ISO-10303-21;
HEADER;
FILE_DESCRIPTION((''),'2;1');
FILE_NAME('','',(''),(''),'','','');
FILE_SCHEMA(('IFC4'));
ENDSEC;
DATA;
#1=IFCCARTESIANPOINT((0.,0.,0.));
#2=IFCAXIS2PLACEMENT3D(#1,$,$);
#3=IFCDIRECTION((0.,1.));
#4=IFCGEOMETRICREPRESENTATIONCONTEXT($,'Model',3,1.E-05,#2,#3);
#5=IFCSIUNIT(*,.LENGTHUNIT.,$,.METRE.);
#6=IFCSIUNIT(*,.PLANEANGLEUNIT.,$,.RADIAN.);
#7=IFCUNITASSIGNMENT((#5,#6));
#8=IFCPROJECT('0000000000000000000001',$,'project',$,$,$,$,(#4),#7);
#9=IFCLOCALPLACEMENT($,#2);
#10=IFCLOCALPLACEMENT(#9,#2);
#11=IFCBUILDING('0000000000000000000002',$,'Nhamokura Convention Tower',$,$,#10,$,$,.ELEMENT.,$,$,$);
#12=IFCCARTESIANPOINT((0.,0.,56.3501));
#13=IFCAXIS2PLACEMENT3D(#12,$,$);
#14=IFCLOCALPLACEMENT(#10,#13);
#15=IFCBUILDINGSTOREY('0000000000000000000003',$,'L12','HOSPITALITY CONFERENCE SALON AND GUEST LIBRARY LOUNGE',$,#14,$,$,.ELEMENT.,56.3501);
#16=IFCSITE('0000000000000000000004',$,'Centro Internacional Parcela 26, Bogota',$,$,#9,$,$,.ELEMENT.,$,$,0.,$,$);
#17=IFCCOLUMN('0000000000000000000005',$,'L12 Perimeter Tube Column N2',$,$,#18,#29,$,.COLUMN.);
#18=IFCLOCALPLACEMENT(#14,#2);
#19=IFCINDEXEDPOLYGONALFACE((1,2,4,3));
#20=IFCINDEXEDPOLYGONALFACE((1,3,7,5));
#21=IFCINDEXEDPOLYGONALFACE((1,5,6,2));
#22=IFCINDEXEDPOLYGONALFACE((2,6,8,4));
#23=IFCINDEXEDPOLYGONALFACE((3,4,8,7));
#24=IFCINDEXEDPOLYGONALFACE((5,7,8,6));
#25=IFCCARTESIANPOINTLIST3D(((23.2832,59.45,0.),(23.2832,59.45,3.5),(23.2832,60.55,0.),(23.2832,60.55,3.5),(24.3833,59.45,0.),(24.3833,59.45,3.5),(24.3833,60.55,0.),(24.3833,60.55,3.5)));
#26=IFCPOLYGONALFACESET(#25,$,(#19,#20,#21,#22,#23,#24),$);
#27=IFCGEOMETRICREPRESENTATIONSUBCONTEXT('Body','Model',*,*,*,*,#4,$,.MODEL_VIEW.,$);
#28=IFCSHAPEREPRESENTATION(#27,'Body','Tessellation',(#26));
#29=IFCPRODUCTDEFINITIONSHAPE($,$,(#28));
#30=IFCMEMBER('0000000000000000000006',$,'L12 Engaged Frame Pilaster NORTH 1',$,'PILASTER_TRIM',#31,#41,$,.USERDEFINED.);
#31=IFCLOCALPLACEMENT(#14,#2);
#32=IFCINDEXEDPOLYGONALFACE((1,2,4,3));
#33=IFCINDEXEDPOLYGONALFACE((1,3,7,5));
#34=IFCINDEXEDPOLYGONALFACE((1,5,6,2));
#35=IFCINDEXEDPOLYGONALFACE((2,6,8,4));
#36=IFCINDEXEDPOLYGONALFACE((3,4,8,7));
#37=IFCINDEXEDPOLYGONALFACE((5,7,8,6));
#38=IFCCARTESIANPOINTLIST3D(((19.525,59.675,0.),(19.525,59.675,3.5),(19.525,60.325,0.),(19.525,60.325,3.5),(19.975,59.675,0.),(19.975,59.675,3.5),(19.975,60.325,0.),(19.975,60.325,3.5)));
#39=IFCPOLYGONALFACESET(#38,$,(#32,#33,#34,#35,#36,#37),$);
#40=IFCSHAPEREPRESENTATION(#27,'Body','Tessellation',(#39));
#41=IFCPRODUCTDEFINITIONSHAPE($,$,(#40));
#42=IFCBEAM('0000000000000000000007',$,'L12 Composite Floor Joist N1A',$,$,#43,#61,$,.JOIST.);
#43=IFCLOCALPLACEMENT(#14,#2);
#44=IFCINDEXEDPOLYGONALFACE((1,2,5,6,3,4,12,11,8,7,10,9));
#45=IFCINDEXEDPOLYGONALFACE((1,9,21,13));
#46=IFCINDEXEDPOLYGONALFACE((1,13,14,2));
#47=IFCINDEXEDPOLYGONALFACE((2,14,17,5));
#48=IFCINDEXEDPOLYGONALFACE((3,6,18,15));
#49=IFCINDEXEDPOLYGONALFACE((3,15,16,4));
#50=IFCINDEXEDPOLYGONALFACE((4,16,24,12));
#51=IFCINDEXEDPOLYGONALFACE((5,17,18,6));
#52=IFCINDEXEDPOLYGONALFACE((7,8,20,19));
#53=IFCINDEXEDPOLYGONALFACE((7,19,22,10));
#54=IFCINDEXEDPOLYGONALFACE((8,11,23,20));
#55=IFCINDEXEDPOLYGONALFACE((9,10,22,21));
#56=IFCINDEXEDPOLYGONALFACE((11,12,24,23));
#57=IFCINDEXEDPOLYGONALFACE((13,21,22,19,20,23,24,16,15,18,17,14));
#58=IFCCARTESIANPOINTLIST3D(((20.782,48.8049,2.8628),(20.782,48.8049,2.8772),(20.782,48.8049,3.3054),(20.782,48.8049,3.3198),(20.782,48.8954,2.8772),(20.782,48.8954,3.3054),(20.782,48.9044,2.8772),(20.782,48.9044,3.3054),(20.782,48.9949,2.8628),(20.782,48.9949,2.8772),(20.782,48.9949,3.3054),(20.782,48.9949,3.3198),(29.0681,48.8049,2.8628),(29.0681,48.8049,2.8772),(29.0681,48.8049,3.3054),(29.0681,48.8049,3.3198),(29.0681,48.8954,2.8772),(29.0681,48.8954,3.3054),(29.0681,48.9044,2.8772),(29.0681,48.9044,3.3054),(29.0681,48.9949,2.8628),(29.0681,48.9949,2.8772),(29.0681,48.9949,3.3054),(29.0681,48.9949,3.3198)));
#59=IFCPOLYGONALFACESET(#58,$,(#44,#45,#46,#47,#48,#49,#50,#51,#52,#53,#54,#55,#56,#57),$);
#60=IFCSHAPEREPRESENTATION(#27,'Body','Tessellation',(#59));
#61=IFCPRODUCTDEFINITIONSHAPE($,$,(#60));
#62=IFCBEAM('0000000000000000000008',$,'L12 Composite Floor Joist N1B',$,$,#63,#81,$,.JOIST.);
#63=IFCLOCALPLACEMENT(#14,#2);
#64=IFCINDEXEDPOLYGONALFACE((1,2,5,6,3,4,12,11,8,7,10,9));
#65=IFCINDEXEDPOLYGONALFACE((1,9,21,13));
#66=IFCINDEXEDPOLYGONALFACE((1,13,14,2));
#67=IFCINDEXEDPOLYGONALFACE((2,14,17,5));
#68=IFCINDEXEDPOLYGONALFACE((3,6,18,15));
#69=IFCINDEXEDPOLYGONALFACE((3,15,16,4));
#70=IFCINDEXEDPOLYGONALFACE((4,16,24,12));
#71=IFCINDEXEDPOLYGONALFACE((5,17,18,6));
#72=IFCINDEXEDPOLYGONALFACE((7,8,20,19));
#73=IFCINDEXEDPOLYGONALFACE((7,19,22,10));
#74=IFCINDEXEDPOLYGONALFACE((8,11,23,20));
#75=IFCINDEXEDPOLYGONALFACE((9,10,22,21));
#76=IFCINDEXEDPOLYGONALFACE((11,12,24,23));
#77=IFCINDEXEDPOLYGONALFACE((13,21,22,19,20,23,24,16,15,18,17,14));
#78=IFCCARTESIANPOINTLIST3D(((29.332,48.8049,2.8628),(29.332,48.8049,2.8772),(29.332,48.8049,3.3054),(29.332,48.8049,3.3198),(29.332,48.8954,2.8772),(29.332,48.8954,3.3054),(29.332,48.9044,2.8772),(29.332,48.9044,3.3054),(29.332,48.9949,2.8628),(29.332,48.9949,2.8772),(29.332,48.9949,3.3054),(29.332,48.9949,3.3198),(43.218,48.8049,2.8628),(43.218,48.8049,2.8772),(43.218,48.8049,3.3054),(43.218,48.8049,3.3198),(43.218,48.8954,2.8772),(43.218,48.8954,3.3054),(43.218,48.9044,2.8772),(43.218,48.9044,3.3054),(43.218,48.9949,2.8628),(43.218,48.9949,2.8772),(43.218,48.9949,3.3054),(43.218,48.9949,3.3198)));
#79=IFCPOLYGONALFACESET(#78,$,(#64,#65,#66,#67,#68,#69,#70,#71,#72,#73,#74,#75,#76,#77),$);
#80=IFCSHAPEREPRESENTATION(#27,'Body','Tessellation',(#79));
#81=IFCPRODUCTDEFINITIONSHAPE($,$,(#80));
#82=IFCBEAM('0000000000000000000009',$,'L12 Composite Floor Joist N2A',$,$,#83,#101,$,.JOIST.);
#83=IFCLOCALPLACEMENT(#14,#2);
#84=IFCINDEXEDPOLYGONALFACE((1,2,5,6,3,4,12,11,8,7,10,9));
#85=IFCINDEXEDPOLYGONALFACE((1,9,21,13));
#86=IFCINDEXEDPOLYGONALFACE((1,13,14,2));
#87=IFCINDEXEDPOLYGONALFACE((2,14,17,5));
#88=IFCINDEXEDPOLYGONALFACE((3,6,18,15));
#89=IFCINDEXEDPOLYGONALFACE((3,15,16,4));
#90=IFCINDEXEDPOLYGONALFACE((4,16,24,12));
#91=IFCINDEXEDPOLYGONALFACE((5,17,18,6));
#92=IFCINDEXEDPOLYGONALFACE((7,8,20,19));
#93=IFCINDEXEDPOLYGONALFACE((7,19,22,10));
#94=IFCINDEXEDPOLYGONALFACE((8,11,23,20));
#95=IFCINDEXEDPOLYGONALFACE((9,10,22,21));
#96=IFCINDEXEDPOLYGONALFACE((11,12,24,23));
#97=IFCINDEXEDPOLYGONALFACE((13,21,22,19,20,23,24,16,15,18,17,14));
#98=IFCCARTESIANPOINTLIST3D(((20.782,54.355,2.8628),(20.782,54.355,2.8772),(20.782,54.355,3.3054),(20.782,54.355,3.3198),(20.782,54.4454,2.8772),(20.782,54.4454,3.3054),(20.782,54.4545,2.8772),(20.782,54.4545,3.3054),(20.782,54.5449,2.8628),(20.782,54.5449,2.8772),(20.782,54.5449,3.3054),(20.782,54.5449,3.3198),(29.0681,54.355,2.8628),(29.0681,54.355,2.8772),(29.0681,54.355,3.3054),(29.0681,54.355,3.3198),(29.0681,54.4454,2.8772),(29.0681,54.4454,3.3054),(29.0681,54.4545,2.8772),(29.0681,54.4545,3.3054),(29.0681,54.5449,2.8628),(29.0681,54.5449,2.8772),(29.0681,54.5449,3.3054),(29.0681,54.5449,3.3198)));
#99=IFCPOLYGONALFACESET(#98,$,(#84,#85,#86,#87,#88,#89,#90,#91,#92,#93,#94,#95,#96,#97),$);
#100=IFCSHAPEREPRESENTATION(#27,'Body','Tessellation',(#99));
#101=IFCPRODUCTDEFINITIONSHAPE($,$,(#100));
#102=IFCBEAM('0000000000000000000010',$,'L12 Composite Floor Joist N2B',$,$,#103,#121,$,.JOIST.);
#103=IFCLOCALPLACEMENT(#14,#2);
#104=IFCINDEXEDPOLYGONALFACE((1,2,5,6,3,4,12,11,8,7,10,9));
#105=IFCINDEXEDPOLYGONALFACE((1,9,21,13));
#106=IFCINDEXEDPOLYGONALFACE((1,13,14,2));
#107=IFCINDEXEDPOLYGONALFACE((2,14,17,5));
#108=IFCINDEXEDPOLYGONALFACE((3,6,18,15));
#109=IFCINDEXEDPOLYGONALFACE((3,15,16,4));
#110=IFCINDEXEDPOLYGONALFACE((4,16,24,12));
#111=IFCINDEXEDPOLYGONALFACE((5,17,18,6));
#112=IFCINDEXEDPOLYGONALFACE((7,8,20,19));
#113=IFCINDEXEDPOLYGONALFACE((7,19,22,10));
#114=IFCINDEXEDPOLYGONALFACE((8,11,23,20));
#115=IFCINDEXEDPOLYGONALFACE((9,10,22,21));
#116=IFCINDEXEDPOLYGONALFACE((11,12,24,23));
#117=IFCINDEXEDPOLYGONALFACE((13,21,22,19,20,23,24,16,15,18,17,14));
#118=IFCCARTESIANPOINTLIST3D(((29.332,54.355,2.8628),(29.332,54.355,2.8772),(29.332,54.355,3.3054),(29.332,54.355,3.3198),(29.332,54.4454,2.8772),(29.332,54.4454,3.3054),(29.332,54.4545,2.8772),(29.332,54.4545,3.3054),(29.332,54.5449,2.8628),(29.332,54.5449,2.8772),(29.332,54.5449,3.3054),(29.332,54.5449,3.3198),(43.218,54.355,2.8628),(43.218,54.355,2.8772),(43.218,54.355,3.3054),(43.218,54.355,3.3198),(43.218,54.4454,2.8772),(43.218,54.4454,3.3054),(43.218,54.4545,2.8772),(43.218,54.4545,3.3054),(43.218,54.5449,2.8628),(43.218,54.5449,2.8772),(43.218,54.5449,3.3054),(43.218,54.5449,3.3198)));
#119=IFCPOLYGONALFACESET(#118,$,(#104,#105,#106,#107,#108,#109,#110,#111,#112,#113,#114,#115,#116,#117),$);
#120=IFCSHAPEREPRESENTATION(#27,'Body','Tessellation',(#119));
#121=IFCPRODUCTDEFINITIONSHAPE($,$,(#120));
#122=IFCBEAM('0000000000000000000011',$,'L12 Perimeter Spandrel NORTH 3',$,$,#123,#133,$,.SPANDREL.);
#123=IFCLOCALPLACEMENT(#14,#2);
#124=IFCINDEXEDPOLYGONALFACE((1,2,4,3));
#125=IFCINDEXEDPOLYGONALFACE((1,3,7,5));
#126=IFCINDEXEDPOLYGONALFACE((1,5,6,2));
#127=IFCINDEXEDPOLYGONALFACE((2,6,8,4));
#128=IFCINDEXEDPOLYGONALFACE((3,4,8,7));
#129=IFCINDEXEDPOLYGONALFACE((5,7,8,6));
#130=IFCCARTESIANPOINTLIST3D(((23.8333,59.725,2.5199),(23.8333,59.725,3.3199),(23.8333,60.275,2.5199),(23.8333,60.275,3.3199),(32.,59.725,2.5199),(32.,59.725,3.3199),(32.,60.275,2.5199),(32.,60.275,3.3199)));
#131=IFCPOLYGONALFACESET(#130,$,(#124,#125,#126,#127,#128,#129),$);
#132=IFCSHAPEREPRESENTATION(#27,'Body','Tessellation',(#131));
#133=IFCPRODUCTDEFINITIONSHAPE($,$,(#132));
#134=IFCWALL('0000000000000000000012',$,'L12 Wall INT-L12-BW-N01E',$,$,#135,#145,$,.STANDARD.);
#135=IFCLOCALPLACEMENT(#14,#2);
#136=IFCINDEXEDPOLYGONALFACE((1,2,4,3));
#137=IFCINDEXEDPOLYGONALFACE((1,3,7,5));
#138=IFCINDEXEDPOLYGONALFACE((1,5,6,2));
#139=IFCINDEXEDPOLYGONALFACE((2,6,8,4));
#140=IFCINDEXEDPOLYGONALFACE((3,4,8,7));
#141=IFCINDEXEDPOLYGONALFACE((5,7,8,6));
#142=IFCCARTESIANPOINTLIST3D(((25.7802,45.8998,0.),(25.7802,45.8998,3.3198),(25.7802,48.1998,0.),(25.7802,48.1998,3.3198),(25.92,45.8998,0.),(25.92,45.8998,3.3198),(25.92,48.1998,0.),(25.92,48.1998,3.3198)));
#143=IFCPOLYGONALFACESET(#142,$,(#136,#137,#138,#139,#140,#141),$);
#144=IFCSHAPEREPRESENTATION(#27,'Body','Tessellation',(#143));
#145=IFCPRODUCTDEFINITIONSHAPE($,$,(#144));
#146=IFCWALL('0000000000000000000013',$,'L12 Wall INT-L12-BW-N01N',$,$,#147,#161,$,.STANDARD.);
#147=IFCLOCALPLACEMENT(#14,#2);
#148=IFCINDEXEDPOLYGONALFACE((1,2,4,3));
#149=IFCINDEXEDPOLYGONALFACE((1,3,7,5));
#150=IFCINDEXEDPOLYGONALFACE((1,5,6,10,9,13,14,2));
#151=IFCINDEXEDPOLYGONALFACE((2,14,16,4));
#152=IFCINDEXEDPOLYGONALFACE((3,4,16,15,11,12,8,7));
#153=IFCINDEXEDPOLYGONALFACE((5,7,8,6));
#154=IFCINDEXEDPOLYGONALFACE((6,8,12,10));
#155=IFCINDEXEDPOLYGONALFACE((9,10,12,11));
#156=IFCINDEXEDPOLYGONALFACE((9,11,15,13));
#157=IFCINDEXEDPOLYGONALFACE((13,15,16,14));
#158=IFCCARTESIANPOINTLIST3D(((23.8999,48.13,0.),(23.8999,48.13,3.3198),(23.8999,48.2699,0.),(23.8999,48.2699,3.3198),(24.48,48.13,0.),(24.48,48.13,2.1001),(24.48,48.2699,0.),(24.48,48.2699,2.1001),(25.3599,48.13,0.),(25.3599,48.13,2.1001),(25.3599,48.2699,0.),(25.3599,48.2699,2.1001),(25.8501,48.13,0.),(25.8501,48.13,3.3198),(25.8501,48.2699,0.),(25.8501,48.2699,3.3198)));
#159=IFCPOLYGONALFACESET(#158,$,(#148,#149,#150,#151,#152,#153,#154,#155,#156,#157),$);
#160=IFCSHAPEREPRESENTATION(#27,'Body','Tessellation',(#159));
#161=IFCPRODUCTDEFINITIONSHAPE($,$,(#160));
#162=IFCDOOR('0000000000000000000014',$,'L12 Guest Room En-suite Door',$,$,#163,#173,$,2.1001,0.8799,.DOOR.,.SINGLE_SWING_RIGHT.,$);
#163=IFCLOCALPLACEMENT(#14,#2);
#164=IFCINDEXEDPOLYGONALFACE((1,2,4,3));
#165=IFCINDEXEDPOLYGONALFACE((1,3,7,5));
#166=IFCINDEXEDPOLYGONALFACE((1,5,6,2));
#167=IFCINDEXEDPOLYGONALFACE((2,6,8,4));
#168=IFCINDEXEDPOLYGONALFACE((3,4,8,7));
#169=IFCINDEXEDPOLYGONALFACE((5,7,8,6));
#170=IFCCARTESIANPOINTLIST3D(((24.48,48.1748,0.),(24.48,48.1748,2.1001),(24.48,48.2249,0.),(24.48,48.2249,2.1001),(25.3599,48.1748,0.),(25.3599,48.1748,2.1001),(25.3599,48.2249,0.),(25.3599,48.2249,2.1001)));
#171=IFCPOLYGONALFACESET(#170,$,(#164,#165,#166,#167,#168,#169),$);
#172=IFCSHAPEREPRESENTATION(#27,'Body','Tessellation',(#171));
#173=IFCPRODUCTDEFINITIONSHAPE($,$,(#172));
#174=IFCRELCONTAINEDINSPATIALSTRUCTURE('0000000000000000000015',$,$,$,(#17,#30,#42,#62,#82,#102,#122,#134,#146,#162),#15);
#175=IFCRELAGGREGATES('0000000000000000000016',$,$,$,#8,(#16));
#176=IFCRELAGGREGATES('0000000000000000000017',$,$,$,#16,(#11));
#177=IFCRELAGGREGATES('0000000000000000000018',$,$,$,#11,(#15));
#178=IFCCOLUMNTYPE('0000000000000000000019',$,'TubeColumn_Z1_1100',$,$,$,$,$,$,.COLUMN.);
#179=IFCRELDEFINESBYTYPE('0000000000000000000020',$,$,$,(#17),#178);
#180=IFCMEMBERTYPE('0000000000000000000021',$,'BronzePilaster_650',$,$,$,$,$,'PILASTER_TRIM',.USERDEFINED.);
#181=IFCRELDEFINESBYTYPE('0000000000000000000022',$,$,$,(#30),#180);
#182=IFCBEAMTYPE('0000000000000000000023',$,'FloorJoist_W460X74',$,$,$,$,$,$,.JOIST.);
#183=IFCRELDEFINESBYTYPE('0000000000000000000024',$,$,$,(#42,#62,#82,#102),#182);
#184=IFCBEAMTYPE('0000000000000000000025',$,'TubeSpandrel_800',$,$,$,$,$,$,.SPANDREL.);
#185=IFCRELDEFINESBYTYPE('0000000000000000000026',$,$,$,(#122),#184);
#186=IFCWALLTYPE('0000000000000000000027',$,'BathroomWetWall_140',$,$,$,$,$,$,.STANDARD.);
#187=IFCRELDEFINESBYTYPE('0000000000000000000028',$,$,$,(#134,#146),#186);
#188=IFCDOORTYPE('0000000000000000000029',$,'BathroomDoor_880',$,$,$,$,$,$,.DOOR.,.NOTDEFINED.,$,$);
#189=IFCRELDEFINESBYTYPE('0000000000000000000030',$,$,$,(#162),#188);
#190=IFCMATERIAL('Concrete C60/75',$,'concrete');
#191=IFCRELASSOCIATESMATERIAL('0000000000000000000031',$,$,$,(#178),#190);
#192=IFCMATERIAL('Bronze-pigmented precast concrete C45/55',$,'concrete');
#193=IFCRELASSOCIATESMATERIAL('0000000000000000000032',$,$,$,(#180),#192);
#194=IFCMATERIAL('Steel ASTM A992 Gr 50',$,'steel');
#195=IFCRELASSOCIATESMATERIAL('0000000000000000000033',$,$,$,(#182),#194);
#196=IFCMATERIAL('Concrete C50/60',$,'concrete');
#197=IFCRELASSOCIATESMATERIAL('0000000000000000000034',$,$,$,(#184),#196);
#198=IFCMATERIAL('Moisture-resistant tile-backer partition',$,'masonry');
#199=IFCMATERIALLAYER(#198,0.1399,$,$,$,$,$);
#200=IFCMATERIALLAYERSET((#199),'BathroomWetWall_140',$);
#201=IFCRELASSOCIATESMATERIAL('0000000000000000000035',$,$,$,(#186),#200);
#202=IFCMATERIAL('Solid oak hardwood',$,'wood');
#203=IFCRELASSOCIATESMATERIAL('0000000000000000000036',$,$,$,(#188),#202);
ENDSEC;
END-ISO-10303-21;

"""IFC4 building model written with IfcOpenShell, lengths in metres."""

from ifc_helpers import new_model, si_unit, direction, frame, frame_2d, origin, origin_2d, place, context, subcontext, project, spatial, rectangle, i_section, extrude, material, layer, layer_set, material_profile, profile_set, type_object, element, fill, save


model = new_model("IFC4")

# Units and contexts
model_context = context("Model", 3, precision=1e-05, world=origin(), true_north=direction((0.0, 1.0)))
body_context = subcontext(model_context, "Body", "Model", "MODEL_VIEW")
ifc_project = project(units=[si_unit("LENGTHUNIT", "METRE"), si_unit("PLANEANGLEUNIT", "RADIAN")], contexts=[model_context])

# Site, building, storey
site_placement = place(None, origin())
site = spatial("IfcSite", under=ifc_project, at=site_placement, Name="Centro Internacional Parcela 26, Bogota", CompositionType="ELEMENT", RefElevation=0.0)
building_placement = place(site_placement, origin())
building = spatial("IfcBuilding", under=site, at=building_placement, Name="Nhamokura Convention Tower", CompositionType="ELEMENT")
storey_placement = place(building_placement, frame((0.0, 0.0, 56.3501)))
storey = spatial("IfcBuildingStorey", under=building, at=storey_placement, Name="L12", Description="HOSPITALITY CONFERENCE SALON AND GUEST LIBRARY LOUNGE", CompositionType="ELEMENT", Elevation=56.3501)

# Column
ifc_material_1 = material(Name="Concrete C60/75", Category="concrete")
ifc_material_profile_1 = material_profile(ifc_material_1, rectangle(XDim=1.1001, YDim=1.1001, at=origin_2d()))
ifc_profile_set_1 = profile_set([ifc_material_profile_1], Name="Concrete C60/75")
column_type = type_object("IfcColumnType", Name="TubeColumn_Z1_1100", PredefinedType="COLUMN", material=ifc_profile_set_1)
column_placement = place(storey_placement, frame((23.8333, 60.0, 0.0), z_axis=(0.0, 0.0, 1.0), x_axis=(1.0, 0.0, 0.0)))
element("IfcColumn", 1, at=column_placement, inside=storey, type_object=column_type, Name="L12 Perimeter Tube Column N2", PredefinedType="COLUMN", context=body_context, shape_type="SweptSolid", body=[
    extrude(rectangle(XDim=1.1001, YDim=1.1001, at=origin_2d()), origin(), (0.0, 0.0, 1.0), 3.5),
])

# Member
ifc_material_2 = material(Name="Bronze-pigmented precast concrete C45/55", Category="concrete")
ifc_material_profile_2 = material_profile(ifc_material_2, rectangle(XDim=0.45, YDim=0.6499, at=origin_2d()))
ifc_profile_set_2 = profile_set([ifc_material_profile_2], Name="Bronze-pigmented precast concrete C45/55")
member_type = type_object("IfcMemberType", Name="BronzePilaster_650", ElementType="PILASTER_TRIM", PredefinedType="USERDEFINED", material=ifc_profile_set_2)
member_placement = place(storey_placement, frame((19.75, 60.0, 0.0), z_axis=(0.0, 0.0, 1.0), x_axis=(1.0, 0.0, 0.0)))
element("IfcMember", 2, at=member_placement, inside=storey, type_object=member_type, Name="L12 Engaged Frame Pilaster NORTH 1", ObjectType="PILASTER_TRIM", PredefinedType="USERDEFINED", context=body_context, shape_type="SweptSolid", body=[
    extrude(rectangle(XDim=0.45, YDim=0.6499, at=origin_2d()), origin(), (0.0, 0.0, 1.0), 3.5),
])

# Beams
ifc_material_3 = material(Name="Steel ASTM A992 Gr 50", Category="steel")
ifc_material_profile_3 = material_profile(ifc_material_3, i_section(OverallWidth=0.1899, OverallDepth=0.457, WebThickness=0.009, FlangeThickness=0.0144, at=origin_2d()))
ifc_profile_set_3 = profile_set([ifc_material_profile_3], Name="Steel ASTM A992 Gr 50")
beam_type_1 = type_object("IfcBeamType", Name="FloorJoist_W460X74", PredefinedType="JOIST", material=ifc_profile_set_3)
beam_1_placement = place(storey_placement, frame((20.782, 48.8999, 3.0913), z_axis=(1.0, 0.0, 0.0), x_axis=(0.0, 1.0, 0.0)))
element("IfcBeam", 3, at=beam_1_placement, inside=storey, type_object=beam_type_1, Name="L12 Composite Floor Joist N1A", PredefinedType="JOIST", context=body_context, shape_type="SweptSolid", body=[
    extrude(i_section(OverallWidth=0.1899, OverallDepth=0.457, WebThickness=0.009, FlangeThickness=0.0144, at=origin_2d()), origin(), (0.0, 0.0, 1.0), 8.2861),
])
beam_2_placement = place(storey_placement, frame((29.332, 48.8999, 3.0913), z_axis=(1.0, 0.0, 0.0), x_axis=(0.0, 1.0, 0.0)))
element("IfcBeam", 4, at=beam_2_placement, inside=storey, type_object=beam_type_1, Name="L12 Composite Floor Joist N1B", PredefinedType="JOIST", context=body_context, shape_type="SweptSolid", body=[
    extrude(i_section(OverallWidth=0.1899, OverallDepth=0.457, WebThickness=0.009, FlangeThickness=0.0144, at=origin_2d()), origin(), (0.0, 0.0, 1.0), 13.886),
])
beam_3_placement = place(storey_placement, frame((20.782, 54.45, 3.0913), z_axis=(1.0, 0.0, 0.0), x_axis=(0.0, 1.0, 0.0)))
element("IfcBeam", 5, at=beam_3_placement, inside=storey, type_object=beam_type_1, Name="L12 Composite Floor Joist N2A", PredefinedType="JOIST", context=body_context, shape_type="SweptSolid", body=[
    extrude(i_section(OverallWidth=0.1899, OverallDepth=0.457, WebThickness=0.009, FlangeThickness=0.0144, at=origin_2d()), origin(), (0.0, 0.0, 1.0), 8.2861),
])
beam_4_placement = place(storey_placement, frame((29.332, 54.45, 3.0913), z_axis=(1.0, 0.0, 0.0), x_axis=(0.0, 1.0, 0.0)))
element("IfcBeam", 6, at=beam_4_placement, inside=storey, type_object=beam_type_1, Name="L12 Composite Floor Joist N2B", PredefinedType="JOIST", context=body_context, shape_type="SweptSolid", body=[
    extrude(i_section(OverallWidth=0.1899, OverallDepth=0.457, WebThickness=0.009, FlangeThickness=0.0144, at=origin_2d()), origin(), (0.0, 0.0, 1.0), 13.886),
])
ifc_material_4 = material(Name="Concrete C50/60", Category="concrete")
ifc_material_profile_4 = material_profile(ifc_material_4, rectangle(XDim=0.55, YDim=0.8, at=origin_2d()))
ifc_profile_set_4 = profile_set([ifc_material_profile_4], Name="Concrete C50/60")
beam_type_2 = type_object("IfcBeamType", Name="TubeSpandrel_800", PredefinedType="SPANDREL", material=ifc_profile_set_4)
beam_5_placement = place(storey_placement, frame((23.8333, 60.0, 2.9199), z_axis=(1.0, 0.0, 0.0), x_axis=(0.0, 1.0, 0.0)))
element("IfcBeam", 7, at=beam_5_placement, inside=storey, type_object=beam_type_2, Name="L12 Perimeter Spandrel NORTH 3", PredefinedType="SPANDREL", context=body_context, shape_type="SweptSolid", body=[
    extrude(rectangle(XDim=0.55, YDim=0.8, at=origin_2d()), origin(), (0.0, 0.0, 1.0), 8.1667),
])

# Wall
ifc_material_5 = material(Name="Moisture-resistant tile-backer partition", Category="masonry")
ifc_layer_1 = layer(ifc_material_5, 0.1399)
ifc_layer_set_1 = layer_set([ifc_layer_1], Name="BathroomWetWall_140")
wall_type_1 = type_object("IfcWallType", Name="BathroomWetWall_140", PredefinedType="STANDARD", material=ifc_layer_set_1)
wall_1_placement = place(storey_placement, frame((25.8501, 45.8999, 0.0), z_axis=(0.0, 0.0, 1.0), x_axis=(0.0, 1.0, 0.0)))
element("IfcWall", 8, at=wall_1_placement, inside=storey, type_object=wall_type_1, Name="L12 Wall INT-L12-BW-N01E", PredefinedType="STANDARD", context=body_context, shape_type="SweptSolid", body=[
    extrude(rectangle(XDim=2.3, YDim=0.1399, at=frame_2d((1.1499, 0.0))), origin(), (0.0, 0.0, 1.0), 3.3198),
])

# Wall, opening, door
wall_2_placement = place(storey_placement, frame((23.8999, 48.2, 0.0), z_axis=(0.0, 0.0, 1.0), x_axis=(1.0, 0.0, 0.0)))
wall_2 = element("IfcWall", 9, at=wall_2_placement, inside=storey, type_object=wall_type_1, Name="L12 Wall INT-L12-BW-N01N", PredefinedType="STANDARD", context=body_context, shape_type="SweptSolid", body=[
    extrude(rectangle(XDim=1.9502, YDim=0.1399, at=frame_2d((0.9751, 0.0))), origin(), (0.0, 0.0, 1.0), 3.3198),
])
opening_1_placement = place(wall_2_placement, frame((0.5801, 0.0, 0.0)))
opening_1 = element("IfcOpeningElement", 10, at=opening_1_placement, cuts=wall_2, PredefinedType="OPENING", context=body_context, shape_type="SweptSolid", body=[
    extrude(rectangle(XDim=0.8799, YDim=2.1001, at=frame_2d((0.4399, 1.05))), frame((0.0, 0.0798, 0.0), z_axis=(0.0, -1.0, 0.0), x_axis=(1.0, 0.0, 0.0)), (0.0, 0.0, 1.0), 0.1599),
])
ifc_material_6 = material(Name="Solid oak hardwood", Category="wood")
door_type_1 = type_object("IfcDoorType", Name="BathroomDoor_880", OperationType="NOTDEFINED", PredefinedType="DOOR", material=ifc_material_6)
door_1_placement = place(opening_1_placement, origin())
door_1 = element("IfcDoor", 11, at=door_1_placement, inside=storey, type_object=door_type_1, Name="L12 Guest Room En-suite Door", OperationType="SINGLE_SWING_RIGHT", OverallHeight=2.1001, OverallWidth=0.8799, PredefinedType="DOOR", context=body_context, shape_type="SweptSolid", body=[
    extrude(rectangle(XDim=0.8799, YDim=2.1001, at=frame_2d((0.4399, 1.05))), frame((0.0, 0.0249, 0.0), z_axis=(0.0, -1.0, 0.0), x_axis=(1.0, 0.0, 0.0)), (0.0, 0.0, 1.0), 0.05),
])
fill(opening_1, door_1)

save(model, "model.ifc")
